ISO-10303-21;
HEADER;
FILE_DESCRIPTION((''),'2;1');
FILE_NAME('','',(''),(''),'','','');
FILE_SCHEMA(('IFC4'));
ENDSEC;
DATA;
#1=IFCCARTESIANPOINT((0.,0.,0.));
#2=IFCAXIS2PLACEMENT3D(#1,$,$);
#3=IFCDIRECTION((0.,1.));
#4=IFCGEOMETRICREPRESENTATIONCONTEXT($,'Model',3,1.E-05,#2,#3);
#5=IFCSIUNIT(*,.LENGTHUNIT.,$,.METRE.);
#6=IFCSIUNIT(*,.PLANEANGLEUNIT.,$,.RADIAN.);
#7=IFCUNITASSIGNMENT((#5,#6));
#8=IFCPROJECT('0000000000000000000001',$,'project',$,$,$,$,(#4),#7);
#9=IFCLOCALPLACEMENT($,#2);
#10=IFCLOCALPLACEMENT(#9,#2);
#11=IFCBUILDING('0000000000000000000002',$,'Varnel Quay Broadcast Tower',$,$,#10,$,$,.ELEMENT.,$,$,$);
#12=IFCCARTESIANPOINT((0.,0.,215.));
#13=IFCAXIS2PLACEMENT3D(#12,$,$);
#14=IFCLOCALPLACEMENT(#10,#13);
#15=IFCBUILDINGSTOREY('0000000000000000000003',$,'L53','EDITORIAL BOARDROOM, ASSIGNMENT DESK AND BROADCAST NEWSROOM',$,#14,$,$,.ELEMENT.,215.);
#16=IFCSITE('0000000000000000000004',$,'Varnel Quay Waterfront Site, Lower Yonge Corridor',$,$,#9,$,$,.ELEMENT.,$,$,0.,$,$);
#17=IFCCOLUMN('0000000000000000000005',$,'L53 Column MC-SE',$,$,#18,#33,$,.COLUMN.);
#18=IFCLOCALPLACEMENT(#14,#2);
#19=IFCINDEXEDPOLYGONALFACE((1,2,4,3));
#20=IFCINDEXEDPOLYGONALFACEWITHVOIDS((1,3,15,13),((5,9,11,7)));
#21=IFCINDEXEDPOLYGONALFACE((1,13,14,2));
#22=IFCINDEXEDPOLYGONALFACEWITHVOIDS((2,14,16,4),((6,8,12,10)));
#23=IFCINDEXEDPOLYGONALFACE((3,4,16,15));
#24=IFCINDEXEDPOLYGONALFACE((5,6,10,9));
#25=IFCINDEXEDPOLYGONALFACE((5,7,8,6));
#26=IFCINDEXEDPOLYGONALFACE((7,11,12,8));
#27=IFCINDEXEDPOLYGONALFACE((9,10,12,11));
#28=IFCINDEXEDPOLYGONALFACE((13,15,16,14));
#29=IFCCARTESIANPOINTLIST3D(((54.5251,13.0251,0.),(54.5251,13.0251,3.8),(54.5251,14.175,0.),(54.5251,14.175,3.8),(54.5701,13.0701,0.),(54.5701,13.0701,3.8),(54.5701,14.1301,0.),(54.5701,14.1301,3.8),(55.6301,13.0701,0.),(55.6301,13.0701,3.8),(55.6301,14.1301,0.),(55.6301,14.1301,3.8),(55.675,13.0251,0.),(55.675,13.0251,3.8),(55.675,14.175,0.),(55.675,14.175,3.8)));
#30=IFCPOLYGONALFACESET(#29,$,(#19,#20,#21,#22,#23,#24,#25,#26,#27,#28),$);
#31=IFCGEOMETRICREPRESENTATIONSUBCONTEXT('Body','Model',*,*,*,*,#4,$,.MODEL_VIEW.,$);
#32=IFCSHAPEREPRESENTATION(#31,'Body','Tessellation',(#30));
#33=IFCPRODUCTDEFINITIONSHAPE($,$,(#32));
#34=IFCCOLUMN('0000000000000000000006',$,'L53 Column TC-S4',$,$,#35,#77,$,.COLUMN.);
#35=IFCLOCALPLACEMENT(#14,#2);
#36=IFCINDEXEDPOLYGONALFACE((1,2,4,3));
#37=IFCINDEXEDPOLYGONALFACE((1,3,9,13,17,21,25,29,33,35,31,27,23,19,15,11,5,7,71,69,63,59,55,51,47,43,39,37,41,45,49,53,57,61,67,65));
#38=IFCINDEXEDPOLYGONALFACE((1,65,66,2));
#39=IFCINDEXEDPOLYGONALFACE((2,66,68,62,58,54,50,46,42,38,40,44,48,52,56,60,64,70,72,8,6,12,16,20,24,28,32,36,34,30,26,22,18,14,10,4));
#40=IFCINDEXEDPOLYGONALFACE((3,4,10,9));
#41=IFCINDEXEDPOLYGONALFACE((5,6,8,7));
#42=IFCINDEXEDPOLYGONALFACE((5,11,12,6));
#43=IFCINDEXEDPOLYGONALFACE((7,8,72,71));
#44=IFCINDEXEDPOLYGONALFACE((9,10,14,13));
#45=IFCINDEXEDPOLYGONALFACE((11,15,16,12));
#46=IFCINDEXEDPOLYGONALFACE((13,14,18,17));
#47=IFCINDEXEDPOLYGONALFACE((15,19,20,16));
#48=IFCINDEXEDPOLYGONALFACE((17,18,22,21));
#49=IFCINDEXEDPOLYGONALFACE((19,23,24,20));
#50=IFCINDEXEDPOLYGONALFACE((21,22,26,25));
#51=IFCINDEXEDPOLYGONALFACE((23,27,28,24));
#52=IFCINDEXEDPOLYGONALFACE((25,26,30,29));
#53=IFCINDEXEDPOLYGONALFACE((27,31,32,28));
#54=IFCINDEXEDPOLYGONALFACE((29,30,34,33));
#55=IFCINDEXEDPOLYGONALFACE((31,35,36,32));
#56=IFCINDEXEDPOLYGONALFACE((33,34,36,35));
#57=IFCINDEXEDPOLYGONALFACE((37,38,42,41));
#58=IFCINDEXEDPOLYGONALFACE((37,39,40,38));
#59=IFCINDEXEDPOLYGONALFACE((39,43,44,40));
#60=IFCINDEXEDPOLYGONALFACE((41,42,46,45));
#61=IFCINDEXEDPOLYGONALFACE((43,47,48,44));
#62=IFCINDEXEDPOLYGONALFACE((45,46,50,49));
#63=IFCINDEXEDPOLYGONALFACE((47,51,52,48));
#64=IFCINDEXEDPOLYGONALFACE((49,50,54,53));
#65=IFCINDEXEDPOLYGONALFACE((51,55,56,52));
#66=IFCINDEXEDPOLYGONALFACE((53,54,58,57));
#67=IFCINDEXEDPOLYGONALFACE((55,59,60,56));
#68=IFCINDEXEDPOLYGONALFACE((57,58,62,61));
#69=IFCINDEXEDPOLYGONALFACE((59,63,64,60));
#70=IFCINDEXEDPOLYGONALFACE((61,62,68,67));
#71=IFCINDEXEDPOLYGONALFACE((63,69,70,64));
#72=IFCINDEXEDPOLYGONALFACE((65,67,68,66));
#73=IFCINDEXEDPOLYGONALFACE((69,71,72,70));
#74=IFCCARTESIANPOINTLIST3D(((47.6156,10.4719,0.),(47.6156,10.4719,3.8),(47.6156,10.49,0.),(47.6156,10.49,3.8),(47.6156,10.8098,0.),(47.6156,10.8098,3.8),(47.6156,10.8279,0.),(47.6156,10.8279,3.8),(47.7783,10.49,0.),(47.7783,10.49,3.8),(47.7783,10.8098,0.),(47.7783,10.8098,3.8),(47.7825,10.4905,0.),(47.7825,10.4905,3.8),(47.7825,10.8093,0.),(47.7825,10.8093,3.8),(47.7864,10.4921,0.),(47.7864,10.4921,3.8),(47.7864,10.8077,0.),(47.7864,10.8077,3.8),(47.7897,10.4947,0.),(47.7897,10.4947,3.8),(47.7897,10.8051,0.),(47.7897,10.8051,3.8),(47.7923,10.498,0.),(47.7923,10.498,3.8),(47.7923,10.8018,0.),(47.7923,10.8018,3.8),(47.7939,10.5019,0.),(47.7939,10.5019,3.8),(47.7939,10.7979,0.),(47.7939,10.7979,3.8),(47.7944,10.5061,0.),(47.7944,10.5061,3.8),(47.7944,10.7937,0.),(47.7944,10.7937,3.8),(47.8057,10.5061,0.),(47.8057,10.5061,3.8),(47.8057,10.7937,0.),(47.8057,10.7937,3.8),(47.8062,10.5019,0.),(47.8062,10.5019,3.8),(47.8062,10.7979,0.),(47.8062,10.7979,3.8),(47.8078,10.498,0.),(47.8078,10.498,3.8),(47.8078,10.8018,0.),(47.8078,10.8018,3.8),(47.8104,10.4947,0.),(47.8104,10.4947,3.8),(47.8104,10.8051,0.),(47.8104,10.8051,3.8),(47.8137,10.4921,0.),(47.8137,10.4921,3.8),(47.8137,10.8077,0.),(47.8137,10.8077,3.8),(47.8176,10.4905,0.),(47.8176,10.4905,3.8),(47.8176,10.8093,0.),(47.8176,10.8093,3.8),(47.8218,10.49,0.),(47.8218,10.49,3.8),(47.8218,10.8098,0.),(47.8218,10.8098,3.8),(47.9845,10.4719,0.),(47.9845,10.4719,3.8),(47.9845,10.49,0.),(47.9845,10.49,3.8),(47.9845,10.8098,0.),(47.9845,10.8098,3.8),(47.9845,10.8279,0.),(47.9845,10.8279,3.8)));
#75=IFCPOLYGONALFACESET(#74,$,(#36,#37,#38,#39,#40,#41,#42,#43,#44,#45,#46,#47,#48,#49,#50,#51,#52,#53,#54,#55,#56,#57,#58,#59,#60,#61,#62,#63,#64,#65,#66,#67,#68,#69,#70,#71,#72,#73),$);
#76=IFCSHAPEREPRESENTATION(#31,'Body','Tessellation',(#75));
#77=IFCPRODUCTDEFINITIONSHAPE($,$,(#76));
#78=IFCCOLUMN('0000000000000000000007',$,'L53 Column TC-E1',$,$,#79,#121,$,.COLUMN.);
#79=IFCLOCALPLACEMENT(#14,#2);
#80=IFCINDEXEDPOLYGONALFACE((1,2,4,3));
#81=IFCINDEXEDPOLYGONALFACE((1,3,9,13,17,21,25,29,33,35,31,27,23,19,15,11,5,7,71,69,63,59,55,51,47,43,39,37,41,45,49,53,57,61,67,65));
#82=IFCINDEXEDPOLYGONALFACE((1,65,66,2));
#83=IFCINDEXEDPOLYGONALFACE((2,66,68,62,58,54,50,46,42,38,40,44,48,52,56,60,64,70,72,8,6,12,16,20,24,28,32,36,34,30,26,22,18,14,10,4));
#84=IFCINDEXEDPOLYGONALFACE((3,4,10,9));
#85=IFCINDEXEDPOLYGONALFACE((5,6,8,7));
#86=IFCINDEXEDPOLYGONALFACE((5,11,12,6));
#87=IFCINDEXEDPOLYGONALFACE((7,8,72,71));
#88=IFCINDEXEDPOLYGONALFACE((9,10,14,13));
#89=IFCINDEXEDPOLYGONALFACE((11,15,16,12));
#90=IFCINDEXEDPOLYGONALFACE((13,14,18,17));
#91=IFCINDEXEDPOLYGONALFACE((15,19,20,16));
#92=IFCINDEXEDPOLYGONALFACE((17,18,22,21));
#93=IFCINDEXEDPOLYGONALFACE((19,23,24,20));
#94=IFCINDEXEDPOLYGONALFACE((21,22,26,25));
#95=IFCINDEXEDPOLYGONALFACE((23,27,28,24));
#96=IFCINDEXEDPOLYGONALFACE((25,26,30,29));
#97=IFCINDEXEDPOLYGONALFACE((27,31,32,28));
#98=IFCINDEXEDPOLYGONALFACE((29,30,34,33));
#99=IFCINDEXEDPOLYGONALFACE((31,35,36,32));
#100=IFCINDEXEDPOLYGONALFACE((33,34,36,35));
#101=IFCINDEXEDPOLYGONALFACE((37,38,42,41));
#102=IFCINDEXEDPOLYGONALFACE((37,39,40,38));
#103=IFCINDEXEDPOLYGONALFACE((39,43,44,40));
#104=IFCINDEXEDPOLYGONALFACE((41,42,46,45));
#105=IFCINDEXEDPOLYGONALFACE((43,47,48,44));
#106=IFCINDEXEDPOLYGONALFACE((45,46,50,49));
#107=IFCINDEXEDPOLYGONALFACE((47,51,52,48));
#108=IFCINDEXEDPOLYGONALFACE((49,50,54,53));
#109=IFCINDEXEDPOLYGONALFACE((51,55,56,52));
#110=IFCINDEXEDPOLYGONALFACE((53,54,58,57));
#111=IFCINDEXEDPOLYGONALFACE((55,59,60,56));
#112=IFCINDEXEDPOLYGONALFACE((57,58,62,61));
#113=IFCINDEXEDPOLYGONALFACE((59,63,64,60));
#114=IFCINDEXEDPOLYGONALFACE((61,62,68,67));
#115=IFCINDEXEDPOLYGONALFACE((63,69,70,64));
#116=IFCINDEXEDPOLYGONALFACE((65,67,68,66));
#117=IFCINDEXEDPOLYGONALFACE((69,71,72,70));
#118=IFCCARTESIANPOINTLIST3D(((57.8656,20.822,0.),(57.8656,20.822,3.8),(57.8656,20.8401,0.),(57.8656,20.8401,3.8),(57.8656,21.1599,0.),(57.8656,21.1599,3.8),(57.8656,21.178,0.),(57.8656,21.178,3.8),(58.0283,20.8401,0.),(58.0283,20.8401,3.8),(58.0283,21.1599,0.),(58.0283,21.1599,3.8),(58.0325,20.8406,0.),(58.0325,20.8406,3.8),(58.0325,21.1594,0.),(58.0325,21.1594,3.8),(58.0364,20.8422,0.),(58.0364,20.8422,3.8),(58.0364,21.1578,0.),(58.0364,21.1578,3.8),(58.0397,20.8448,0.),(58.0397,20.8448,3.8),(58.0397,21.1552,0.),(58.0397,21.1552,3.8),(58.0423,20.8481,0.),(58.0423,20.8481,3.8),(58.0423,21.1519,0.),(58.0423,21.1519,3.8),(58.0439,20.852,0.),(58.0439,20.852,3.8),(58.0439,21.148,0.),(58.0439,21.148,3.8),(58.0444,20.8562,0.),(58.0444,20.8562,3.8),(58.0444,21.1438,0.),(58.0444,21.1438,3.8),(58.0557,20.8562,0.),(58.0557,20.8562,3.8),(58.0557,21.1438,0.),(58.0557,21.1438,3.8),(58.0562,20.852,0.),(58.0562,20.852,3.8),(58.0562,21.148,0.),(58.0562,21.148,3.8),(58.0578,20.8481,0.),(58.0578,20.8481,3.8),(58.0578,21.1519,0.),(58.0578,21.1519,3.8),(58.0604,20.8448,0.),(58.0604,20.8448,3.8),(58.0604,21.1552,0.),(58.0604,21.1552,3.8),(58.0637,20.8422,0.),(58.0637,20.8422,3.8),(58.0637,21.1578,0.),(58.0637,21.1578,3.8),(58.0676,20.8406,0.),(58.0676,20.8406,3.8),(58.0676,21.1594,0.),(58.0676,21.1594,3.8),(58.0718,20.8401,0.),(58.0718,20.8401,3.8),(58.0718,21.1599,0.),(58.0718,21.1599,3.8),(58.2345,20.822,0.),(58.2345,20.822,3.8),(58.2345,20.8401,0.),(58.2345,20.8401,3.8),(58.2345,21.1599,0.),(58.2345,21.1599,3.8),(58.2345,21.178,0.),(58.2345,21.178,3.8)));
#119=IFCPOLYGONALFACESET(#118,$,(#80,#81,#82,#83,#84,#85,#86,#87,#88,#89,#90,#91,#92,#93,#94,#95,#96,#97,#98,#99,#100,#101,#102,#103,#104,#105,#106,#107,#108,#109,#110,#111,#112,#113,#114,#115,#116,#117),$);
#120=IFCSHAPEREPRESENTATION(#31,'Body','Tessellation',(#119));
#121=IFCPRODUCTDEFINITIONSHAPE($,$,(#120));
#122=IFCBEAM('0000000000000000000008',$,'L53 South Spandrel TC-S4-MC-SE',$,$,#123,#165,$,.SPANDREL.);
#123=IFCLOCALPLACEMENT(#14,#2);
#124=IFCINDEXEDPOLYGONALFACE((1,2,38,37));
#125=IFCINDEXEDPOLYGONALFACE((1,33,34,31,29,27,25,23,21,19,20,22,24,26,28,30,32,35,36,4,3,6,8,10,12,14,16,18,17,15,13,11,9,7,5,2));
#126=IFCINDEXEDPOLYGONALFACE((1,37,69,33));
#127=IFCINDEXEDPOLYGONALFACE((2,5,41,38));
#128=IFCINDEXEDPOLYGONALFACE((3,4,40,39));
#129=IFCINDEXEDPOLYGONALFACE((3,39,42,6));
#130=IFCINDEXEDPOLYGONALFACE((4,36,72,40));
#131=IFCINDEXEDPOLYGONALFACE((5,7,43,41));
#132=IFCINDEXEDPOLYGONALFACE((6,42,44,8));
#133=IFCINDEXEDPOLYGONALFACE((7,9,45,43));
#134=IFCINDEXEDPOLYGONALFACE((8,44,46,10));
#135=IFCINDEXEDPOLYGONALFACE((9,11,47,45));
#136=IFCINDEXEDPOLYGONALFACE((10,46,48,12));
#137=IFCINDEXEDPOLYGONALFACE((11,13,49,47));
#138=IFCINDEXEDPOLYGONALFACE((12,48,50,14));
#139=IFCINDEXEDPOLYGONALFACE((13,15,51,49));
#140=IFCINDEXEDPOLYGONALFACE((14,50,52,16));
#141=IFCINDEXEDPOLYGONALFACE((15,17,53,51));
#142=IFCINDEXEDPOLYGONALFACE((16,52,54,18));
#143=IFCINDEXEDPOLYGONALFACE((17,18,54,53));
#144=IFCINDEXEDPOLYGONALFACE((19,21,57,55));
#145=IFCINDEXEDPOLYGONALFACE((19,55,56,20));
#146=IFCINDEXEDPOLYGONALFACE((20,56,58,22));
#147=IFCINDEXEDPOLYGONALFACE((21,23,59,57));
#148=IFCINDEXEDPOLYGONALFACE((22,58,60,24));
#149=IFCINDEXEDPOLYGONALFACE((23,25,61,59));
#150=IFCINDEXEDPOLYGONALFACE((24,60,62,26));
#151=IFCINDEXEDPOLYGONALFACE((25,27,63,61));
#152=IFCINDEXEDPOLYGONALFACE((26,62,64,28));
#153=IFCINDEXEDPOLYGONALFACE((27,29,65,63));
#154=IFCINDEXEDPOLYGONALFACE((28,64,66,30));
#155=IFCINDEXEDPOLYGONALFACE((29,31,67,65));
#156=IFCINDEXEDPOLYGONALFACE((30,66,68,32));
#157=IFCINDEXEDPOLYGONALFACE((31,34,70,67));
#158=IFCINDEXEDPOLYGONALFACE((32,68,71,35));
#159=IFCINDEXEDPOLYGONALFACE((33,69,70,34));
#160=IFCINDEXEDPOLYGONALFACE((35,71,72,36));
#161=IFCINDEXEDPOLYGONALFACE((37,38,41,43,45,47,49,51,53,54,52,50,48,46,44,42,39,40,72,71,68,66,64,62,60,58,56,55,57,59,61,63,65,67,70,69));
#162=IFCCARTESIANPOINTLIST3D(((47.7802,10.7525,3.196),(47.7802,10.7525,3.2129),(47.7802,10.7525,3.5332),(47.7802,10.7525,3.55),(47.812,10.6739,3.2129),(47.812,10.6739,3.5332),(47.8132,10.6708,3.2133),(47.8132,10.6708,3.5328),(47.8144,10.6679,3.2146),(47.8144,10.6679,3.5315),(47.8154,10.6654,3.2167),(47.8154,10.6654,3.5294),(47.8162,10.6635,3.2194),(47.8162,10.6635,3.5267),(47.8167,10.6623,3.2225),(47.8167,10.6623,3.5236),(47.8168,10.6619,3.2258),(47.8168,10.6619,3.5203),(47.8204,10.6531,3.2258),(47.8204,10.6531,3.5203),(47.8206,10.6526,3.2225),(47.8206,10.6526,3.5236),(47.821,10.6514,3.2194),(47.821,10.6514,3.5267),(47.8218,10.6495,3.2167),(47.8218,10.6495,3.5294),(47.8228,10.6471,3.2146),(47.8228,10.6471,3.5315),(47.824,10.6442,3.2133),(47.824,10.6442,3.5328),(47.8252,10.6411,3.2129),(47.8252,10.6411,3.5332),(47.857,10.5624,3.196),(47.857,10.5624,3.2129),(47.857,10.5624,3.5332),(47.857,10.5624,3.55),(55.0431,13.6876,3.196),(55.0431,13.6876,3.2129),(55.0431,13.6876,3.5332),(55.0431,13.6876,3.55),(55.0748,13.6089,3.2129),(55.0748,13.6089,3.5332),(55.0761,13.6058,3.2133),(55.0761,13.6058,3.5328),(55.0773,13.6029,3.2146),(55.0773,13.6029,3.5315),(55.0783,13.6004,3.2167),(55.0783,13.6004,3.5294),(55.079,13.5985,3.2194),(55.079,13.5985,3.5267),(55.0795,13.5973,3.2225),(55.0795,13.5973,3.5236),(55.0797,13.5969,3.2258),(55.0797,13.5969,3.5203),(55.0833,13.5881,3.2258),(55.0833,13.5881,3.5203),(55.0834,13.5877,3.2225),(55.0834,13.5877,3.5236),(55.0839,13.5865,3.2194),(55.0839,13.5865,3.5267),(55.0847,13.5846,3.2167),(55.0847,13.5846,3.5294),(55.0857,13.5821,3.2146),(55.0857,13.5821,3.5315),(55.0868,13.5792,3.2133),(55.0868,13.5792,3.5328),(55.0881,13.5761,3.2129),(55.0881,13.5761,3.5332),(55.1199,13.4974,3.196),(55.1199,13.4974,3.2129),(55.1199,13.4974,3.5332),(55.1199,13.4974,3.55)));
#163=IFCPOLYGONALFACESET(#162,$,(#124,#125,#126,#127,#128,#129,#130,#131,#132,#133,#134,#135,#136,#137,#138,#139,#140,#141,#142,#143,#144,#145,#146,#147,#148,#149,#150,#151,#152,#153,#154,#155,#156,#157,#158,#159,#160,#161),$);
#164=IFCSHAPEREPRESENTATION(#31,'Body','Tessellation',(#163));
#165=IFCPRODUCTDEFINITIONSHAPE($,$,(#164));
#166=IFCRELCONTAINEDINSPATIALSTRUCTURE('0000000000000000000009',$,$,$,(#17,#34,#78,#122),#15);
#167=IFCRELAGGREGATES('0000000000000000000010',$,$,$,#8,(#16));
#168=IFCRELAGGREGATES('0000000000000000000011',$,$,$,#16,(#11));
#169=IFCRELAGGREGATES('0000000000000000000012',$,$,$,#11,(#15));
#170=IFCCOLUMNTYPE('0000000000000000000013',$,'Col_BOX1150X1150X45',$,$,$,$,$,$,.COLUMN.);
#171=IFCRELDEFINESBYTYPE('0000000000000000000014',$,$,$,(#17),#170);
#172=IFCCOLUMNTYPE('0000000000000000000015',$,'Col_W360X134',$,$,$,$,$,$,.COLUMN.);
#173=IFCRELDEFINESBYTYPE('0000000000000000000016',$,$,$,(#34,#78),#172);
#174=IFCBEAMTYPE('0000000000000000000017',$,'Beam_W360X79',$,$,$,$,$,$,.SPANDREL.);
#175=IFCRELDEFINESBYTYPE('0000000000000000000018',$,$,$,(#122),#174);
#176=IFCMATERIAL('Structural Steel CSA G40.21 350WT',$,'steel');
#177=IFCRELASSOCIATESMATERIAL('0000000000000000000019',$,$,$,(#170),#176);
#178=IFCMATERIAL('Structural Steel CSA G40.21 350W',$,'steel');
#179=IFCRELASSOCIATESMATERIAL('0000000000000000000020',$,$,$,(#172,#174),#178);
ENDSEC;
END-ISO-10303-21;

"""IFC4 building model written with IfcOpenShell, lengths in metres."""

from ifc_helpers import new_model, si_unit, direction, frame, origin, origin_2d, place, context, subcontext, project, spatial, hollow_rectangle, i_section, extrude, source, transform, mapped, material, material_profile, profile_set, type_object, type_shapes, element, save


model = new_model("IFC4")

# Units and contexts
model_context = context("Model", 3, precision=1e-05, world=origin(), true_north=direction((0.0, 1.0)))
body_context = subcontext(model_context, "Body", "Model", "MODEL_VIEW")
ifc_project = project(units=[si_unit("LENGTHUNIT", "METRE"), si_unit("PLANEANGLEUNIT", "RADIAN")], contexts=[model_context])

# Site, building, storey
site_placement = place(None, origin())
site = spatial("IfcSite", under=ifc_project, at=site_placement, Name="Varnel Quay Waterfront Site, Lower Yonge Corridor", CompositionType="ELEMENT", RefElevation=0.0)
building_placement = place(site_placement, origin())
building = spatial("IfcBuilding", under=site, at=building_placement, Name="Varnel Quay Broadcast Tower", CompositionType="ELEMENT")
storey_placement = place(building_placement, frame((0.0, 0.0, 215.0)))
storey = spatial("IfcBuildingStorey", under=building, at=storey_placement, Name="L53", Description="EDITORIAL BOARDROOM, ASSIGNMENT DESK AND BROADCAST NEWSROOM", CompositionType="ELEMENT", Elevation=215.0)

# Columns
ifc_material_1 = material(Name="Structural Steel CSA G40.21 350WT", Category="steel")
ifc_material_profile_1 = material_profile(ifc_material_1, hollow_rectangle(XDim=1.1499, YDim=1.1499, WallThickness=0.0449, at=origin_2d()), Name="BOX1150X1150X45")
ifc_profile_set_1 = profile_set([ifc_material_profile_1], Name="Structural Steel CSA G40.21 350WT")
column_type_1 = type_object("IfcColumnType", Name="Col_BOX1150X1150X45", PredefinedType="COLUMN", material=ifc_profile_set_1)
shared_shape_1 = source(origin(), body_context, "Body", "SweptSolid", [
    extrude(hollow_rectangle(XDim=1.1499, YDim=1.1499, WallThickness=0.0449, at=origin_2d()), origin(), (0.0, 0.0, 1.0), 3.8),
])
type_shapes(column_type_1, [shared_shape_1])
column_placement = place(storey_placement, frame((55.1001, 13.6001, 0.0), z_axis=(0.0, 0.0, 1.0), x_axis=(1.0, 0.0, 0.0)))
element("IfcColumn", 1, at=column_placement, inside=storey, type_object=column_type_1, Name="L53 Column MC-SE", PredefinedType="COLUMN", context=body_context, shape_type="MappedRepresentation", body=[
    mapped(shared_shape_1, transform((0.0, 0.0, 0.0), x_axis=(1.0, 0.0, 0.0), y_axis=(0.0, 1.0, 0.0), z_axis=(0.0, 0.0, 1.0), scale=1.0)),
])
ifc_material_2 = material(Name="Structural Steel CSA G40.21 350W", Category="steel")
ifc_material_profile_2 = material_profile(ifc_material_2, i_section(OverallWidth=0.3689, OverallDepth=0.356, WebThickness=0.0112, FlangeThickness=0.0181, FilletRadius=0.0161, at=origin_2d()), Name="W360X134")
ifc_profile_set_2 = profile_set([ifc_material_profile_2], Name="Structural Steel CSA G40.21 350W")
column_type_2 = type_object("IfcColumnType", Name="Col_W360X134", PredefinedType="COLUMN", material=ifc_profile_set_2)
shared_shape_2 = source(origin(), body_context, "Body", "SweptSolid", [
    extrude(i_section(OverallWidth=0.3689, OverallDepth=0.356, WebThickness=0.0112, FlangeThickness=0.0181, FilletRadius=0.0161, at=origin_2d()), origin(), (0.0, 0.0, 1.0), 3.8),
])
type_shapes(column_type_2, [shared_shape_2])
for number, where, z_axis, x_axis, name in (
    (2, (47.8, 10.6499, 0.0), (0.0, 0.0, 1.0), (1.0, 0.0, 0.0), "L53 Column TC-S4"),
    (3, (58.05, 21.0, 0.0), (0.0, 0.0, 1.0), (1.0, 0.0, 0.0), "L53 Column TC-E1"),
):
    element("IfcColumn", number, at=place(storey_placement, frame(where, z_axis=z_axis, x_axis=x_axis)), inside=storey, type_object=column_type_2, Name=name, PredefinedType="COLUMN", context=body_context, shape_type="MappedRepresentation", body=[
        mapped(shared_shape_2, transform((0.0, 0.0, 0.0), x_axis=(1.0, 0.0, 0.0), y_axis=(0.0, 1.0, 0.0), z_axis=(0.0, 0.0, 1.0), scale=1.0)),
    ])

# Beam
ifc_material_profile_3 = material_profile(ifc_material_2, i_section(OverallWidth=0.2051, OverallDepth=0.354, WebThickness=0.0095, FlangeThickness=0.0168, FilletRadius=0.0129, at=origin_2d()), Name="W360X79")
ifc_profile_set_3 = profile_set([ifc_material_profile_3], Name="Structural Steel CSA G40.21 350W")
beam_type_1 = type_object("IfcBeamType", Name="Beam_W360X79", PredefinedType="SPANDREL", material=ifc_profile_set_3)
shared_shape_3 = source(origin(), body_context, "Body", "SweptSolid", [
    extrude(i_section(OverallWidth=0.2051, OverallDepth=0.354, WebThickness=0.0095, FlangeThickness=0.0168, FilletRadius=0.0129, at=origin_2d()), origin(), (0.0, 0.0, 1.0), 7.8335),
])
beam_1_placement = place(storey_placement, frame((47.8186, 10.6575, 3.373), z_axis=(0.927155, 0.374677, 0.0), x_axis=(-0.374677, 0.927155, 0.0)))
element("IfcBeam", 4, at=beam_1_placement, inside=storey, type_object=beam_type_1, Name="L53 South Spandrel TC-S4-MC-SE", PredefinedType="SPANDREL", context=body_context, shape_type="MappedRepresentation", body=[
    mapped(shared_shape_3, transform((0.0, 0.0, 0.0), x_axis=(1.0, 0.0, 0.0), y_axis=(0.0, 1.0, 0.0), z_axis=(0.0, 0.0, 1.0), scale=1.0)),
])

save(model, "model.ifc")
